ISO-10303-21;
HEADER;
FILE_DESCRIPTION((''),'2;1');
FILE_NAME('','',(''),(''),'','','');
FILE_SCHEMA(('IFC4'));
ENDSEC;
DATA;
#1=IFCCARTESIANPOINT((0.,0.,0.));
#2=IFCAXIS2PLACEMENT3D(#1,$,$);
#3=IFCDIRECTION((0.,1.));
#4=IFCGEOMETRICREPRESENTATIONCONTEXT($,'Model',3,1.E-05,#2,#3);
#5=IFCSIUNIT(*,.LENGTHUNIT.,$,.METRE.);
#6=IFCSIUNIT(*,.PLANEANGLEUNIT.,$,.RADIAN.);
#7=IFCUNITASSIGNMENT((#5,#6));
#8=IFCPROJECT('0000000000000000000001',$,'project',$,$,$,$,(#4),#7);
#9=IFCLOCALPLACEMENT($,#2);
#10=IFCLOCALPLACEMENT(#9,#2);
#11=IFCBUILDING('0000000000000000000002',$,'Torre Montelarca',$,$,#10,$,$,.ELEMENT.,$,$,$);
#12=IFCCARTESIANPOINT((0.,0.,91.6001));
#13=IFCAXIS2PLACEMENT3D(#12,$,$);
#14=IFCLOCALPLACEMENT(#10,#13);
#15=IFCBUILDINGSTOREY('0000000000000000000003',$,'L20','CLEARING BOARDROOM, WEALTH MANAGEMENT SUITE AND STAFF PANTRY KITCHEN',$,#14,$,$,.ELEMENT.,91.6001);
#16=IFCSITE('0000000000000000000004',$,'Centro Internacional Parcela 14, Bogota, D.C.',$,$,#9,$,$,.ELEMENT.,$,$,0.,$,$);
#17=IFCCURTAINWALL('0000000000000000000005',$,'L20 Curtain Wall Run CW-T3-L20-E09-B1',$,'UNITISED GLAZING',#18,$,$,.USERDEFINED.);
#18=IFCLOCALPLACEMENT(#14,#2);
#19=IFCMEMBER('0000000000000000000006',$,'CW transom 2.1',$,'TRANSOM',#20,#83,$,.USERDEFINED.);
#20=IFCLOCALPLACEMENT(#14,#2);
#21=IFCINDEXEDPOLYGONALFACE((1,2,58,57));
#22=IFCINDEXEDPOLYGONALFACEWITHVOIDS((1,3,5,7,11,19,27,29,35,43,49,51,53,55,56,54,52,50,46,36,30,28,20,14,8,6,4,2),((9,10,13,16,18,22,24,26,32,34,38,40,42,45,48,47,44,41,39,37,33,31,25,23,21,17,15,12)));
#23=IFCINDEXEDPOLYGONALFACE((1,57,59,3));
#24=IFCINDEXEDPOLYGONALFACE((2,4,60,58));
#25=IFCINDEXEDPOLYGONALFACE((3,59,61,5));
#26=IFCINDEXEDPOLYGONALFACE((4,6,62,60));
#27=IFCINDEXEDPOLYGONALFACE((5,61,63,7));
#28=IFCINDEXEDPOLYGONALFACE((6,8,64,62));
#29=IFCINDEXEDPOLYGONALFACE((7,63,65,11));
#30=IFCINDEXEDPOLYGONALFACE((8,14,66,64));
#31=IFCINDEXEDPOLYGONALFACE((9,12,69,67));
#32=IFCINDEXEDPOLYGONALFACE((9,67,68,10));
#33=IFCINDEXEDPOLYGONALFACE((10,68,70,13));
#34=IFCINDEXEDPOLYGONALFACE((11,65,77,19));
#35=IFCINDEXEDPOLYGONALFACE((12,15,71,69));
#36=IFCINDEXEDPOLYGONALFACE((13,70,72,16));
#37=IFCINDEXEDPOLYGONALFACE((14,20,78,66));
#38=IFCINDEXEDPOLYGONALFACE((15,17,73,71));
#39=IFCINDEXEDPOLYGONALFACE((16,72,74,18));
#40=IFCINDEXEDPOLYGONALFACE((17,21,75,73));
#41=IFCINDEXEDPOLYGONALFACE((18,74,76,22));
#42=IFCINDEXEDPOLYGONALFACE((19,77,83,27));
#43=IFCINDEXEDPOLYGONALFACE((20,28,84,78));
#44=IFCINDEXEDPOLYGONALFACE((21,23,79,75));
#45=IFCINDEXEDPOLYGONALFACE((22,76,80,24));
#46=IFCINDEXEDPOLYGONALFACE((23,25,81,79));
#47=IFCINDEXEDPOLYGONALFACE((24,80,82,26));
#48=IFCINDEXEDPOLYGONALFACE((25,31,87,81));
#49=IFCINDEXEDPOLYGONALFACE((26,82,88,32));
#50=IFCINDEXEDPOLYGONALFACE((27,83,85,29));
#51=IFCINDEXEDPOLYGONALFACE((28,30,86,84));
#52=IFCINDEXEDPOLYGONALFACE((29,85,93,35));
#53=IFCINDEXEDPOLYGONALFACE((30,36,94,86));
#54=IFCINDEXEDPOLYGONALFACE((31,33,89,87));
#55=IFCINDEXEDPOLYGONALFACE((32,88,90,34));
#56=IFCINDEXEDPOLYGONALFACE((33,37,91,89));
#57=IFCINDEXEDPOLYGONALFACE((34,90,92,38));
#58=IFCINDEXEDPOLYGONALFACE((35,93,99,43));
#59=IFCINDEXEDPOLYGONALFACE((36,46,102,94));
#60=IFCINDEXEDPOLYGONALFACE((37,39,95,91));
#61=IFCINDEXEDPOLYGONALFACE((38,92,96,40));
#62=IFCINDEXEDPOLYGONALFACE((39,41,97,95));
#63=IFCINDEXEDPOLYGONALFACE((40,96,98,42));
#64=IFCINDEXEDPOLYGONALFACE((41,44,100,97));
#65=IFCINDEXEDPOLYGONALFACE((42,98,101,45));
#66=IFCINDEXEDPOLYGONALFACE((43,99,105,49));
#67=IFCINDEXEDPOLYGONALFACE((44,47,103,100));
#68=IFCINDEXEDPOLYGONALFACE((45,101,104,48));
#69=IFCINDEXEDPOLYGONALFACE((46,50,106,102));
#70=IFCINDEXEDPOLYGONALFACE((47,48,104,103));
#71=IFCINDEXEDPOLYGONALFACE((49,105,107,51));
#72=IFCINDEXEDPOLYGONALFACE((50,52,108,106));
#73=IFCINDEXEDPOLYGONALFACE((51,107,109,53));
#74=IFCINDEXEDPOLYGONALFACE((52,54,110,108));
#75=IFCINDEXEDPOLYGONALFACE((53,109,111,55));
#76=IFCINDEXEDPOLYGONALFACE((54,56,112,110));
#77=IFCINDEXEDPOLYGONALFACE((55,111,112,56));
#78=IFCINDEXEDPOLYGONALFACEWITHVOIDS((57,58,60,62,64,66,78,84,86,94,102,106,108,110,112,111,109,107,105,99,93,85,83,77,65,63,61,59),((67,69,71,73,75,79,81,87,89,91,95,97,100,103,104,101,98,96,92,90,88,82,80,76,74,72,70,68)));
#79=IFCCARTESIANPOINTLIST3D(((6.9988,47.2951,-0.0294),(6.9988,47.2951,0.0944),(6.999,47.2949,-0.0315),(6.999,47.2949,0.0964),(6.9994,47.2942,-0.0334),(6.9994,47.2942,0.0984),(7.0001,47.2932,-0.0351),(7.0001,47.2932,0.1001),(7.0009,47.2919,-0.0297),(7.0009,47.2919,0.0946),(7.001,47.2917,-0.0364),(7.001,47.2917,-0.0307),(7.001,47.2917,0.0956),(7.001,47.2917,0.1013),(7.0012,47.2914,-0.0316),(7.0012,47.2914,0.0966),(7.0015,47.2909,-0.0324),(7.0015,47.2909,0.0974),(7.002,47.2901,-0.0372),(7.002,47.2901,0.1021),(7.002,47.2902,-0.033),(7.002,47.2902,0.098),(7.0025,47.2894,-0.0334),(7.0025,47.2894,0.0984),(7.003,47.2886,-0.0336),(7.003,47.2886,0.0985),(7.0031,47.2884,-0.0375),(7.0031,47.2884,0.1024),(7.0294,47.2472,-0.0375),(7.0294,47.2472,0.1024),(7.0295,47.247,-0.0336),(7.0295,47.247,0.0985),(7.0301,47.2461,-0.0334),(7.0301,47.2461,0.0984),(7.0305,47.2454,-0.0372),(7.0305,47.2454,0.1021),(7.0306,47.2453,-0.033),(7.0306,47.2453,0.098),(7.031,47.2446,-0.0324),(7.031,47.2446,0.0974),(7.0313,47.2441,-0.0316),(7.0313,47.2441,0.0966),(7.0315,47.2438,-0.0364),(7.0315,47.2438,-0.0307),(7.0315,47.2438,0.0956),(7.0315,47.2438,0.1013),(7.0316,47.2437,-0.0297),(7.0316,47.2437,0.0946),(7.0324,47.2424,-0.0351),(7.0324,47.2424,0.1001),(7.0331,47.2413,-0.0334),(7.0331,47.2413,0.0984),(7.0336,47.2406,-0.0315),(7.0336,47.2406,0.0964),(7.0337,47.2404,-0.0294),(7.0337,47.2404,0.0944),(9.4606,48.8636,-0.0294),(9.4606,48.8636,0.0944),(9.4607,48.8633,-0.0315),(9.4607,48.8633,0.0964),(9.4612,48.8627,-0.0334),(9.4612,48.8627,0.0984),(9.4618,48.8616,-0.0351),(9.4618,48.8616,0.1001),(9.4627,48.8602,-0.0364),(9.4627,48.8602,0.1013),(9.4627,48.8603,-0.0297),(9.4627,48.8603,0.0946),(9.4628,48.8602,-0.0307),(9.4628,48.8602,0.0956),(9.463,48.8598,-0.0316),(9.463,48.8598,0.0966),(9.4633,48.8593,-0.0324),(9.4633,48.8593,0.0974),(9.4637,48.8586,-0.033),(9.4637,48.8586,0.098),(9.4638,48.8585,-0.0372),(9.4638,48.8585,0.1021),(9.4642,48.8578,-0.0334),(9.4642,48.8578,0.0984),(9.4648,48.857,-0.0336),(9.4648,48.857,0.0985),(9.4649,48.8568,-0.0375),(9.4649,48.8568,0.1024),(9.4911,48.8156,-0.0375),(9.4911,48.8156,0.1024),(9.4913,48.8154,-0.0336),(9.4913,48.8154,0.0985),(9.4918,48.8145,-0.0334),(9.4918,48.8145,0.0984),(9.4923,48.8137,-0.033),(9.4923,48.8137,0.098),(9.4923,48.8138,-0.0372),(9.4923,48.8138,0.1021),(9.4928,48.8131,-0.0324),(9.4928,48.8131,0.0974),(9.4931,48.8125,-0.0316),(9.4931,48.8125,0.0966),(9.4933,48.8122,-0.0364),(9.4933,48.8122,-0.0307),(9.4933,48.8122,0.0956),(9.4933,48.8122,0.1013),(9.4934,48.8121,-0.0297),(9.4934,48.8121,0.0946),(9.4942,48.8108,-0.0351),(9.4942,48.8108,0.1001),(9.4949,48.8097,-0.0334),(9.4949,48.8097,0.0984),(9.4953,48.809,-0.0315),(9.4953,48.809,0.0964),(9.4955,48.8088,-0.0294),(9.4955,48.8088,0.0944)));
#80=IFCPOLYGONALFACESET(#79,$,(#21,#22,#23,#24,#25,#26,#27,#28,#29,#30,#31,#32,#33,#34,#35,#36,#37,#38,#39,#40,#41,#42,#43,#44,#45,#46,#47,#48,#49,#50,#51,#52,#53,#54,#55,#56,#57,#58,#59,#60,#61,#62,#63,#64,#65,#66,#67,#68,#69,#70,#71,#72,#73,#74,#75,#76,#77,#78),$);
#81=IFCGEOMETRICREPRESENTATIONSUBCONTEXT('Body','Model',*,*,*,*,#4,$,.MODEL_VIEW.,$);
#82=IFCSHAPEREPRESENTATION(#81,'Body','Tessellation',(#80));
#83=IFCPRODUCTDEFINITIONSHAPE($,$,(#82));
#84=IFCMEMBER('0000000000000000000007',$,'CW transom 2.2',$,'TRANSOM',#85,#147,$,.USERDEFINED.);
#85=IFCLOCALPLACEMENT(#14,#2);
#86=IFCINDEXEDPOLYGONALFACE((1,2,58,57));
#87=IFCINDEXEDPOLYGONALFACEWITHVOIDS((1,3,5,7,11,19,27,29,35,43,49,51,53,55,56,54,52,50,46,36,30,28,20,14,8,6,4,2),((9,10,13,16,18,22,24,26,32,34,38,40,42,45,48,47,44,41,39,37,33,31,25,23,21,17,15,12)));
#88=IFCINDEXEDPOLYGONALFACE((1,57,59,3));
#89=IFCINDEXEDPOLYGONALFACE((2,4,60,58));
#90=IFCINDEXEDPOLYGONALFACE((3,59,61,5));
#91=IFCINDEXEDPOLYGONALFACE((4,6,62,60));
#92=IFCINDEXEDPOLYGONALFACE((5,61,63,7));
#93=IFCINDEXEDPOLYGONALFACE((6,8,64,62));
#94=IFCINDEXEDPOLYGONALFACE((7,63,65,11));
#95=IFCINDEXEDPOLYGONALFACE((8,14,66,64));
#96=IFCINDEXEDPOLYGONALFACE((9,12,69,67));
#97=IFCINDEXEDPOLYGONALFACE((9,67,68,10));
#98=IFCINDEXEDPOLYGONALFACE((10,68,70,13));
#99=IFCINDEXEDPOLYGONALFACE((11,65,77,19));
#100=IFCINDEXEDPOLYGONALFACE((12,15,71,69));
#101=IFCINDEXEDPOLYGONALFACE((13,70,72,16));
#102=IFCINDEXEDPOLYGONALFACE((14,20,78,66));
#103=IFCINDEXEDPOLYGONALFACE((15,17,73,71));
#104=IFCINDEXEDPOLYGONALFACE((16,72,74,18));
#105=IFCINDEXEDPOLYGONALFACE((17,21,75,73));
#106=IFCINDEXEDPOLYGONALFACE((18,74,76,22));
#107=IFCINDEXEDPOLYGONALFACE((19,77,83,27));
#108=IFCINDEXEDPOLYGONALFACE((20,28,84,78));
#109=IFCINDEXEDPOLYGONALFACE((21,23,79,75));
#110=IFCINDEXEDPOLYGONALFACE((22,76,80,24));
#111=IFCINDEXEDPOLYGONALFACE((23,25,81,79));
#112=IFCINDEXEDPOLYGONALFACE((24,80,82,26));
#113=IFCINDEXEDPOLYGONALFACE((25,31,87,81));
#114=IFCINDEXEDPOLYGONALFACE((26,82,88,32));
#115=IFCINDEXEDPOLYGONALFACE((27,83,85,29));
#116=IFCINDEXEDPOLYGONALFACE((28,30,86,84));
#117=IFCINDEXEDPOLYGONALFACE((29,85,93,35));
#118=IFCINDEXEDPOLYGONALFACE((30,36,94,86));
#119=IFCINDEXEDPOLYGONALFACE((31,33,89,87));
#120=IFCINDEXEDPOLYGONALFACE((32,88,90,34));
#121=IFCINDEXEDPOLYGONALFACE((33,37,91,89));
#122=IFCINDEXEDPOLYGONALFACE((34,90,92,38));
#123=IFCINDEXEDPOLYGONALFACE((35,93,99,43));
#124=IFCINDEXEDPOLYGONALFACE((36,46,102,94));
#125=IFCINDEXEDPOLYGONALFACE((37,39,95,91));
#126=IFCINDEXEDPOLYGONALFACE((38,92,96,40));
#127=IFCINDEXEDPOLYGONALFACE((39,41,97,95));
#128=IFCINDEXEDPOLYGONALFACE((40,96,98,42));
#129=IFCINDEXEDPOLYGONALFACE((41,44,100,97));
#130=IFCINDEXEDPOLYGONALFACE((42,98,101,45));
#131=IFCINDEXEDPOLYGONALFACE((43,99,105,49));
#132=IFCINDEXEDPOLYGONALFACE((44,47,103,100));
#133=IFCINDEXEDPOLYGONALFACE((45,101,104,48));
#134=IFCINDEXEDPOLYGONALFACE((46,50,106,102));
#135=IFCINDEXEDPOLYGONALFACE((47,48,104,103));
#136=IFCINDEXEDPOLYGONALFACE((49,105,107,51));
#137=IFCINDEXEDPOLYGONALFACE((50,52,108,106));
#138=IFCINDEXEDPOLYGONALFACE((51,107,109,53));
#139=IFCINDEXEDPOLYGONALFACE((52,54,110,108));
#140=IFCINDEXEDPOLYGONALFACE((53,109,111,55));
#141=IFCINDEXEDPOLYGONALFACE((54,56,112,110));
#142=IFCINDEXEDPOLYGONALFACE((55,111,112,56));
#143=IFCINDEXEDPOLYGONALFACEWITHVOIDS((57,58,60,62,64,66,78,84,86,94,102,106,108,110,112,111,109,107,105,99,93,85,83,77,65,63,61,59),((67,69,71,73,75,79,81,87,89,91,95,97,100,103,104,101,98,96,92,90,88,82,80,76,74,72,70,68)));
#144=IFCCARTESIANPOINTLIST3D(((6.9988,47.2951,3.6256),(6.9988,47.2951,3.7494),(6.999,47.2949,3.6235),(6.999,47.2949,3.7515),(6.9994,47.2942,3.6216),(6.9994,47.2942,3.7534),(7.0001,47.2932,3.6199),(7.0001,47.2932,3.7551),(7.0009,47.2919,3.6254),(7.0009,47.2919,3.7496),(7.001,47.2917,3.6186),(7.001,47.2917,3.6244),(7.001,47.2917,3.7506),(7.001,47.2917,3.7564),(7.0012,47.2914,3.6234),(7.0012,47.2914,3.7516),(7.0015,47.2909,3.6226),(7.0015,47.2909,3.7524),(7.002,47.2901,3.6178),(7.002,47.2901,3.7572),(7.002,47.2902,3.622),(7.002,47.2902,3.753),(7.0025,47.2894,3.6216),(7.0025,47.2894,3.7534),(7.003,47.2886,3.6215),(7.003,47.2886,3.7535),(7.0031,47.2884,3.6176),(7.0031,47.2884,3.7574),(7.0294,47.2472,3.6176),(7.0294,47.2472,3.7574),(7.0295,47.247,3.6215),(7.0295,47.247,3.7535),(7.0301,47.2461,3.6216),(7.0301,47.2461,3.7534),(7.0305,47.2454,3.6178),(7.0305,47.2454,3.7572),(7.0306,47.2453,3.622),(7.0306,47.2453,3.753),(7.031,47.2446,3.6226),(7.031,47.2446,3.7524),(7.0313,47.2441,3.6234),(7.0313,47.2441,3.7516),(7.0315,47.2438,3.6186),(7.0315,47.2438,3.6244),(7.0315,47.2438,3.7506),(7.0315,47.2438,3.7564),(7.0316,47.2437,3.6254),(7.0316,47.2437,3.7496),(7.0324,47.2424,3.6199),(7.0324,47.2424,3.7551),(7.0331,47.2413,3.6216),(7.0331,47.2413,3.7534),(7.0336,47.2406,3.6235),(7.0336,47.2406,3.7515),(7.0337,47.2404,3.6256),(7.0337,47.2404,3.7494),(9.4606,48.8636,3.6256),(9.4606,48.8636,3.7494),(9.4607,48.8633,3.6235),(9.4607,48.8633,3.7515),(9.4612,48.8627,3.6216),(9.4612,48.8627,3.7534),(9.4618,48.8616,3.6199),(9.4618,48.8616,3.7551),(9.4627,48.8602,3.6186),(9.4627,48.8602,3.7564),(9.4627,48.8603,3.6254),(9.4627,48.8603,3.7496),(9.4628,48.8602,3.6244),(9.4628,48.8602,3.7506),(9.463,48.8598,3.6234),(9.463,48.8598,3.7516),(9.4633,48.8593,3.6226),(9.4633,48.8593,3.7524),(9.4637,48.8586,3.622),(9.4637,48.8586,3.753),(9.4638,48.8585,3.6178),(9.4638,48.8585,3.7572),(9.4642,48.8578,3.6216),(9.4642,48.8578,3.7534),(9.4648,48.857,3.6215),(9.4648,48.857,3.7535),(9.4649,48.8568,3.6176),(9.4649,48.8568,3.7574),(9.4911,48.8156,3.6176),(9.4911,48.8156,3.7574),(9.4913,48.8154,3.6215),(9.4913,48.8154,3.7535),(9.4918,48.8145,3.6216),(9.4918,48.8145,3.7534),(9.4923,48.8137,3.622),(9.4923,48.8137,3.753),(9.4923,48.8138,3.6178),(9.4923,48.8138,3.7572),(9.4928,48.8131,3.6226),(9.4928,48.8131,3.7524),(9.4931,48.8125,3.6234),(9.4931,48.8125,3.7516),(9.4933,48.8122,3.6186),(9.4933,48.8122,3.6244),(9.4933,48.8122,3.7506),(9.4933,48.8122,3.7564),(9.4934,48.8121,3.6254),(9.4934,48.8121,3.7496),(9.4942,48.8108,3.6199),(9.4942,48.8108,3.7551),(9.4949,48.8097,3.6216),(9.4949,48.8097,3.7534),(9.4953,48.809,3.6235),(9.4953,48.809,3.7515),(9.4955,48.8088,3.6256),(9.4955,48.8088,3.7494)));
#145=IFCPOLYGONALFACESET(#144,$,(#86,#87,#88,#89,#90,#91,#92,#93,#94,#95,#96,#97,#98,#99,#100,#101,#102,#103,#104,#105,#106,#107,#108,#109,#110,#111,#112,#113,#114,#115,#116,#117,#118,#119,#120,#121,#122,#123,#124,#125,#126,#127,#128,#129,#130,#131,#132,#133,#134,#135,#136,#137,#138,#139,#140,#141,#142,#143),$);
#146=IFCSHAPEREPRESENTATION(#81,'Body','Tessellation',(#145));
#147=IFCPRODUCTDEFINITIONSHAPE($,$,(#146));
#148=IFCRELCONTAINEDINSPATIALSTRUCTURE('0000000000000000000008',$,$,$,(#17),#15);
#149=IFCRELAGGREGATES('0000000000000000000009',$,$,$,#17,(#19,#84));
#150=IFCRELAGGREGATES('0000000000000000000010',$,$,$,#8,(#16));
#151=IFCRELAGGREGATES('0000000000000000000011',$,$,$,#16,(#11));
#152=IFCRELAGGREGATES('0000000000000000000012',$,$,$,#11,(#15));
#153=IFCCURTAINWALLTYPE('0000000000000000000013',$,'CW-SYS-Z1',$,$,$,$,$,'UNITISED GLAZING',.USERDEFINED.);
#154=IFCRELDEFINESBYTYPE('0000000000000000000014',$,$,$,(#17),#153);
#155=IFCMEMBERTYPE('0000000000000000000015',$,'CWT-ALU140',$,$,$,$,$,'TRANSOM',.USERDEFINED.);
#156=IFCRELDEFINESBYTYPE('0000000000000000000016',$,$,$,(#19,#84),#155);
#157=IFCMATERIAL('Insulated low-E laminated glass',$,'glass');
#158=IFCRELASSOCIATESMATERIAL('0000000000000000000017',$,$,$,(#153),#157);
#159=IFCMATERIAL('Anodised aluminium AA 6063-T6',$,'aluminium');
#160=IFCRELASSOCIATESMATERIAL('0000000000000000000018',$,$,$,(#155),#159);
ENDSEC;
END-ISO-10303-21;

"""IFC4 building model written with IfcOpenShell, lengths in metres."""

from ifc_helpers import new_model, si_unit, direction, frame, origin, origin_2d, place, context, subcontext, project, spatial, hollow_rectangle, extrude, source, transform, mapped, material, material_profile, profile_set, type_object, element, aggregate, save


model = new_model("IFC4")

# Units and contexts
model_context = context("Model", 3, precision=1e-05, world=origin(), true_north=direction((0.0, 1.0)))
body_context = subcontext(model_context, "Body", "Model", "MODEL_VIEW")
ifc_project = project(units=[si_unit("LENGTHUNIT", "METRE"), si_unit("PLANEANGLEUNIT", "RADIAN")], contexts=[model_context])

# Site, building, storey
site_placement = place(None, origin())
site = spatial("IfcSite", under=ifc_project, at=site_placement, Name="Centro Internacional Parcela 14, Bogota, D.C.", CompositionType="ELEMENT", RefElevation=0.0)
building_placement = place(site_placement, origin())
building = spatial("IfcBuilding", under=site, at=building_placement, Name="Torre Montelarca", CompositionType="ELEMENT")
storey_placement = place(building_placement, frame((0.0, 0.0, 91.6001)))
storey = spatial("IfcBuildingStorey", under=building, at=storey_placement, Name="L20", Description="CLEARING BOARDROOM, WEALTH MANAGEMENT SUITE AND STAFF PANTRY KITCHEN", CompositionType="ELEMENT", Elevation=91.6001)

# Curtain wall, members
ifc_material_1 = material(Name="Insulated low-E laminated glass", Category="glass")
curtain_wall_type = type_object("IfcCurtainWallType", Name="CW-SYS-Z1", ElementType="UNITISED GLAZING", PredefinedType="USERDEFINED", material=ifc_material_1)
curtain_wall_1_placement = place(storey_placement, origin())
curtain_wall_1 = element("IfcCurtainWall", 1, at=curtain_wall_1_placement, inside=storey, type_object=curtain_wall_type, Name="L20 Curtain Wall Run CW-T3-L20-E09-B1", ObjectType="UNITISED GLAZING", PredefinedType="USERDEFINED")
ifc_material_2 = material(Name="Anodised aluminium AA 6063-T6", Category="aluminium")
ifc_material_profile_1 = material_profile(ifc_material_2, hollow_rectangle(XDim=0.0649, YDim=0.1399, WallThickness=0.0039, InnerFilletRadius=0.0039, OuterFilletRadius=0.0081, at=origin_2d()), Name="ALU65X140X4", Category="aluminium")
ifc_profile_set_1 = profile_set([ifc_material_profile_1], Name="Anodised aluminium AA 6063-T6")
member_type_1 = type_object("IfcMemberType", Name="CWT-ALU140", ElementType="TRANSOM", PredefinedType="USERDEFINED", material=ifc_profile_set_1)
shared_shape_1 = source(origin(), body_context, "Body", "SweptSolid", [
    extrude(hollow_rectangle(XDim=0.0649, YDim=0.1399, WallThickness=0.0039, InnerFilletRadius=0.0039, OuterFilletRadius=0.0081, at=origin_2d()), origin(), (0.0, 0.0, 1.0), 2.9189),
])
member_1_placement = place(storey_placement, frame((9.478, 48.8362, 0.0325), z_axis=(-0.843376, -0.537325, 0.0), x_axis=(0.537325, -0.843376, 0.0)))
member_1 = element("IfcMember", 2, at=member_1_placement, type_object=member_type_1, Name="CW transom 2.1", ObjectType="TRANSOM", PredefinedType="USERDEFINED", context=body_context, shape_type="MappedRepresentation", body=[
    mapped(shared_shape_1, transform((0.0, 0.0, 0.0), scale=1.0)),
])
member_2_placement = place(storey_placement, frame((9.478, 48.8362, 3.6875), z_axis=(-0.843376, -0.537325, 0.0), x_axis=(0.537325, -0.843376, 0.0)))
member_2 = element("IfcMember", 3, at=member_2_placement, type_object=member_type_1, Name="CW transom 2.2", ObjectType="TRANSOM", PredefinedType="USERDEFINED", context=body_context, shape_type="MappedRepresentation", body=[
    mapped(shared_shape_1, transform((0.0, 0.0, 0.0), scale=1.0)),
])

aggregate(curtain_wall_1, [member_1, member_2])

save(model, "model.ifc")
